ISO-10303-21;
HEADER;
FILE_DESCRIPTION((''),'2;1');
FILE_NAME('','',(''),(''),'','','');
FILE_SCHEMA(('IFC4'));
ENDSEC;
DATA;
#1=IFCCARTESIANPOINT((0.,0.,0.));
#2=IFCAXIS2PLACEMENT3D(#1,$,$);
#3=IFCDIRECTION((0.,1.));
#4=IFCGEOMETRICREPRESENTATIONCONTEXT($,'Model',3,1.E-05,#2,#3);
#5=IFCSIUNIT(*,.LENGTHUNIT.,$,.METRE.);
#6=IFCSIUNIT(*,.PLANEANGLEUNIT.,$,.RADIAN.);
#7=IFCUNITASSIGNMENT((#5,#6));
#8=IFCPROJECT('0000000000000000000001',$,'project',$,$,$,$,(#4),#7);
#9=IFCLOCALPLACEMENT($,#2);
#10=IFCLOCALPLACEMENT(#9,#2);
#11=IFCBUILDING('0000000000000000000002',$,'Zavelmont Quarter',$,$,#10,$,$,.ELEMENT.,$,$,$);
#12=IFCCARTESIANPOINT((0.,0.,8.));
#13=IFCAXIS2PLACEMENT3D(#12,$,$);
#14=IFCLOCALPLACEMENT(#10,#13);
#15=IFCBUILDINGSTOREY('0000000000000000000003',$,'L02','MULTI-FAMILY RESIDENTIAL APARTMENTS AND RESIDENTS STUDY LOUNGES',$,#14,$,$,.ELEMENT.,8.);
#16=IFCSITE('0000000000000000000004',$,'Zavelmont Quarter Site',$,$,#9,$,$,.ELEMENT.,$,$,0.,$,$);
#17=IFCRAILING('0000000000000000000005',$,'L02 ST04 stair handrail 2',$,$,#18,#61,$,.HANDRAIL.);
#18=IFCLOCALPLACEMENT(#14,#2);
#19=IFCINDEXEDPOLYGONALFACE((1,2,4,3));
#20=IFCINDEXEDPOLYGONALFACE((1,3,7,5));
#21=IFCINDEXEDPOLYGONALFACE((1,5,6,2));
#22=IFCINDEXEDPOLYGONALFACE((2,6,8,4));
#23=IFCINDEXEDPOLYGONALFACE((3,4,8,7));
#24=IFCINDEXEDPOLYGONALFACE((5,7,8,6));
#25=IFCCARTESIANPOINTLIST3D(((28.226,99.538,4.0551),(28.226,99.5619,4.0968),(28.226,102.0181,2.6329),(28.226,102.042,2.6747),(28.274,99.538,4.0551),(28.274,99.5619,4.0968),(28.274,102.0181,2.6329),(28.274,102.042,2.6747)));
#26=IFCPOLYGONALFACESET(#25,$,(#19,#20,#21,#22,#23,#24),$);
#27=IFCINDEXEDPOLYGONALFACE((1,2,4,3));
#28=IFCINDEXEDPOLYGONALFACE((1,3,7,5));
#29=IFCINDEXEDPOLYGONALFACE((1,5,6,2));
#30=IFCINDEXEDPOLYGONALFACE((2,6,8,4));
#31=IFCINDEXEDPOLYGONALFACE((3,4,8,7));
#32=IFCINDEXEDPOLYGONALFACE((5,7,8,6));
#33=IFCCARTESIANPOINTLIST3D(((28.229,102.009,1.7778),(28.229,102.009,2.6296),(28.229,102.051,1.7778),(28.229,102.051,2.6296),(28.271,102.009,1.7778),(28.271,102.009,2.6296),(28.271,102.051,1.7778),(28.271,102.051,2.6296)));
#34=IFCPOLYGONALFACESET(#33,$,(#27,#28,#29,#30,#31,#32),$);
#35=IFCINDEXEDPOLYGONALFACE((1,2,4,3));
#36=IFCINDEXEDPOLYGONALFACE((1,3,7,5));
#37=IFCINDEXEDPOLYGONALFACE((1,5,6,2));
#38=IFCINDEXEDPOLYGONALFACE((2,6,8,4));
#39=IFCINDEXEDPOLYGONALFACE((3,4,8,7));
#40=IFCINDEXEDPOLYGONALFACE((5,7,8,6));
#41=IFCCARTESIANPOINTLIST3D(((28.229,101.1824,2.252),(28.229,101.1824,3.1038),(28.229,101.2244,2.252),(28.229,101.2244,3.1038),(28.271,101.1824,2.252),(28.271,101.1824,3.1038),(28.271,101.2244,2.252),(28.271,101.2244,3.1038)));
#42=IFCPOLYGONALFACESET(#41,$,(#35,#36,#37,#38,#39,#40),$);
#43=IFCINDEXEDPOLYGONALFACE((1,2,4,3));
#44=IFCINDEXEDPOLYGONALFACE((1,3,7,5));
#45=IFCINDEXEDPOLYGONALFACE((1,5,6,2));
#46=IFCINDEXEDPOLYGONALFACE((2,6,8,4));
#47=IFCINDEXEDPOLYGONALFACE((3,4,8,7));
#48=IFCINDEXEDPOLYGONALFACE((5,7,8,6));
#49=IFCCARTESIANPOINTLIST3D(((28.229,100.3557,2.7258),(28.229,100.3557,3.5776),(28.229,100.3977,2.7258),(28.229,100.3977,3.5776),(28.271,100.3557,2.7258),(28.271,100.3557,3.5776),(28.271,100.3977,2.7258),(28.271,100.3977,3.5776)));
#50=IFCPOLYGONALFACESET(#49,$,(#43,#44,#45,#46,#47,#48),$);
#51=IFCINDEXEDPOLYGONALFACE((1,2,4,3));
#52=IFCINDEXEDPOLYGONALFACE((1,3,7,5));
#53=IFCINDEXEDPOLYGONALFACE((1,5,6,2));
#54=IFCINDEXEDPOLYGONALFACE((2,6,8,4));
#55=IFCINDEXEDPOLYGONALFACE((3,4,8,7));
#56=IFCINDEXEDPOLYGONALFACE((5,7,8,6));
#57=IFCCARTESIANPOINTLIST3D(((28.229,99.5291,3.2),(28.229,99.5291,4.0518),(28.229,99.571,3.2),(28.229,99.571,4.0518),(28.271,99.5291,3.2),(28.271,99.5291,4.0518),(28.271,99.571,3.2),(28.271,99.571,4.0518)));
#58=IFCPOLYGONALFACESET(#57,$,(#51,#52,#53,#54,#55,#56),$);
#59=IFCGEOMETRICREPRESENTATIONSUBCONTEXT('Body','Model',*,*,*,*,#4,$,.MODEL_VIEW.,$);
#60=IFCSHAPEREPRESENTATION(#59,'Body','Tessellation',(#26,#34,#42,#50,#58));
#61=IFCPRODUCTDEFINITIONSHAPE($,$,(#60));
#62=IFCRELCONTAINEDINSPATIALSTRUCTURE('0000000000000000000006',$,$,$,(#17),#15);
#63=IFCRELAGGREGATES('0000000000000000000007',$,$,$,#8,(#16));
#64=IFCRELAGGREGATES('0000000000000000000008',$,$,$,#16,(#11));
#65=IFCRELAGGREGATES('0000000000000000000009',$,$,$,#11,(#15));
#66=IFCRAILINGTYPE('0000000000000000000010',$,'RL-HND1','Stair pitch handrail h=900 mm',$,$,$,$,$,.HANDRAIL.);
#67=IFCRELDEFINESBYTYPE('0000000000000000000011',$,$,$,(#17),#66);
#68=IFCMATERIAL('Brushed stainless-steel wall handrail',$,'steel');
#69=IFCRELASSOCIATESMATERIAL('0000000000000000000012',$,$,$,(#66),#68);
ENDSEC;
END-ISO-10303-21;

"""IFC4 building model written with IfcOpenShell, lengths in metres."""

from ifc_helpers import new_model, si_unit, direction, frame, origin, origin_2d, place, context, subcontext, project, spatial, rectangle, extrude, material, type_object, element, save


model = new_model("IFC4")

# Units and contexts
model_context = context("Model", 3, precision=1e-05, world=origin(), true_north=direction((0.0, 1.0)))
body_context = subcontext(model_context, "Body", "Model", "MODEL_VIEW")
ifc_project = project(units=[si_unit("LENGTHUNIT", "METRE"), si_unit("PLANEANGLEUNIT", "RADIAN")], contexts=[model_context])

# Site, building, storey
site_placement = place(None, origin())
site = spatial("IfcSite", under=ifc_project, at=site_placement, Name="Zavelmont Quarter Site", CompositionType="ELEMENT", RefElevation=0.0)
building_placement = place(site_placement, origin())
building = spatial("IfcBuilding", under=site, at=building_placement, Name="Zavelmont Quarter", CompositionType="ELEMENT")
storey_placement = place(building_placement, frame((0.0, 0.0, 8.0)))
storey = spatial("IfcBuildingStorey", under=building, at=storey_placement, Name="L02", Description="MULTI-FAMILY RESIDENTIAL APARTMENTS AND RESIDENTS STUDY LOUNGES", CompositionType="ELEMENT", Elevation=8.0)

# Railing
ifc_material_1 = material(Name="Brushed stainless-steel wall handrail", Category="steel")
railing_type_1 = type_object("IfcRailingType", Name="RL-HND1", Description="Stair pitch handrail h=900 mm", PredefinedType="HANDRAIL", material=ifc_material_1)
railing_1_placement = place(storey_placement, frame((28.25, 102.03, 1.7778)))
element("IfcRailing", 1, at=railing_1_placement, inside=storey, type_object=railing_type_1, Name="L02 ST04 stair handrail 2", PredefinedType="HANDRAIL", context=body_context, shape_type="SweptSolid", body=[
    extrude(rectangle(XDim=0.0481, YDim=0.0481, at=origin_2d()), frame((0.0, 0.0, 0.876), z_axis=(0.0, -0.867491, 0.497454), x_axis=(1.0, 0.0, 0.0)), (0.0, 0.0, 1.0), 2.8589),
    extrude(rectangle(XDim=0.042, YDim=0.042, at=origin_2d()), origin(), (0.0, 0.0, 1.0), 0.8518),
    extrude(rectangle(XDim=0.042, YDim=0.042, at=origin_2d()), frame((0.0, -0.8267, 0.4741)), (0.0, 0.0, 1.0), 0.8518),
    extrude(rectangle(XDim=0.042, YDim=0.042, at=origin_2d()), frame((0.0, -1.6533, 0.948)), (0.0, 0.0, 1.0), 0.8518),
    extrude(rectangle(XDim=0.042, YDim=0.042, at=origin_2d()), frame((0.0, -2.48, 1.4221)), (0.0, 0.0, 1.0), 0.8518),
])

save(model, "model.ifc")
